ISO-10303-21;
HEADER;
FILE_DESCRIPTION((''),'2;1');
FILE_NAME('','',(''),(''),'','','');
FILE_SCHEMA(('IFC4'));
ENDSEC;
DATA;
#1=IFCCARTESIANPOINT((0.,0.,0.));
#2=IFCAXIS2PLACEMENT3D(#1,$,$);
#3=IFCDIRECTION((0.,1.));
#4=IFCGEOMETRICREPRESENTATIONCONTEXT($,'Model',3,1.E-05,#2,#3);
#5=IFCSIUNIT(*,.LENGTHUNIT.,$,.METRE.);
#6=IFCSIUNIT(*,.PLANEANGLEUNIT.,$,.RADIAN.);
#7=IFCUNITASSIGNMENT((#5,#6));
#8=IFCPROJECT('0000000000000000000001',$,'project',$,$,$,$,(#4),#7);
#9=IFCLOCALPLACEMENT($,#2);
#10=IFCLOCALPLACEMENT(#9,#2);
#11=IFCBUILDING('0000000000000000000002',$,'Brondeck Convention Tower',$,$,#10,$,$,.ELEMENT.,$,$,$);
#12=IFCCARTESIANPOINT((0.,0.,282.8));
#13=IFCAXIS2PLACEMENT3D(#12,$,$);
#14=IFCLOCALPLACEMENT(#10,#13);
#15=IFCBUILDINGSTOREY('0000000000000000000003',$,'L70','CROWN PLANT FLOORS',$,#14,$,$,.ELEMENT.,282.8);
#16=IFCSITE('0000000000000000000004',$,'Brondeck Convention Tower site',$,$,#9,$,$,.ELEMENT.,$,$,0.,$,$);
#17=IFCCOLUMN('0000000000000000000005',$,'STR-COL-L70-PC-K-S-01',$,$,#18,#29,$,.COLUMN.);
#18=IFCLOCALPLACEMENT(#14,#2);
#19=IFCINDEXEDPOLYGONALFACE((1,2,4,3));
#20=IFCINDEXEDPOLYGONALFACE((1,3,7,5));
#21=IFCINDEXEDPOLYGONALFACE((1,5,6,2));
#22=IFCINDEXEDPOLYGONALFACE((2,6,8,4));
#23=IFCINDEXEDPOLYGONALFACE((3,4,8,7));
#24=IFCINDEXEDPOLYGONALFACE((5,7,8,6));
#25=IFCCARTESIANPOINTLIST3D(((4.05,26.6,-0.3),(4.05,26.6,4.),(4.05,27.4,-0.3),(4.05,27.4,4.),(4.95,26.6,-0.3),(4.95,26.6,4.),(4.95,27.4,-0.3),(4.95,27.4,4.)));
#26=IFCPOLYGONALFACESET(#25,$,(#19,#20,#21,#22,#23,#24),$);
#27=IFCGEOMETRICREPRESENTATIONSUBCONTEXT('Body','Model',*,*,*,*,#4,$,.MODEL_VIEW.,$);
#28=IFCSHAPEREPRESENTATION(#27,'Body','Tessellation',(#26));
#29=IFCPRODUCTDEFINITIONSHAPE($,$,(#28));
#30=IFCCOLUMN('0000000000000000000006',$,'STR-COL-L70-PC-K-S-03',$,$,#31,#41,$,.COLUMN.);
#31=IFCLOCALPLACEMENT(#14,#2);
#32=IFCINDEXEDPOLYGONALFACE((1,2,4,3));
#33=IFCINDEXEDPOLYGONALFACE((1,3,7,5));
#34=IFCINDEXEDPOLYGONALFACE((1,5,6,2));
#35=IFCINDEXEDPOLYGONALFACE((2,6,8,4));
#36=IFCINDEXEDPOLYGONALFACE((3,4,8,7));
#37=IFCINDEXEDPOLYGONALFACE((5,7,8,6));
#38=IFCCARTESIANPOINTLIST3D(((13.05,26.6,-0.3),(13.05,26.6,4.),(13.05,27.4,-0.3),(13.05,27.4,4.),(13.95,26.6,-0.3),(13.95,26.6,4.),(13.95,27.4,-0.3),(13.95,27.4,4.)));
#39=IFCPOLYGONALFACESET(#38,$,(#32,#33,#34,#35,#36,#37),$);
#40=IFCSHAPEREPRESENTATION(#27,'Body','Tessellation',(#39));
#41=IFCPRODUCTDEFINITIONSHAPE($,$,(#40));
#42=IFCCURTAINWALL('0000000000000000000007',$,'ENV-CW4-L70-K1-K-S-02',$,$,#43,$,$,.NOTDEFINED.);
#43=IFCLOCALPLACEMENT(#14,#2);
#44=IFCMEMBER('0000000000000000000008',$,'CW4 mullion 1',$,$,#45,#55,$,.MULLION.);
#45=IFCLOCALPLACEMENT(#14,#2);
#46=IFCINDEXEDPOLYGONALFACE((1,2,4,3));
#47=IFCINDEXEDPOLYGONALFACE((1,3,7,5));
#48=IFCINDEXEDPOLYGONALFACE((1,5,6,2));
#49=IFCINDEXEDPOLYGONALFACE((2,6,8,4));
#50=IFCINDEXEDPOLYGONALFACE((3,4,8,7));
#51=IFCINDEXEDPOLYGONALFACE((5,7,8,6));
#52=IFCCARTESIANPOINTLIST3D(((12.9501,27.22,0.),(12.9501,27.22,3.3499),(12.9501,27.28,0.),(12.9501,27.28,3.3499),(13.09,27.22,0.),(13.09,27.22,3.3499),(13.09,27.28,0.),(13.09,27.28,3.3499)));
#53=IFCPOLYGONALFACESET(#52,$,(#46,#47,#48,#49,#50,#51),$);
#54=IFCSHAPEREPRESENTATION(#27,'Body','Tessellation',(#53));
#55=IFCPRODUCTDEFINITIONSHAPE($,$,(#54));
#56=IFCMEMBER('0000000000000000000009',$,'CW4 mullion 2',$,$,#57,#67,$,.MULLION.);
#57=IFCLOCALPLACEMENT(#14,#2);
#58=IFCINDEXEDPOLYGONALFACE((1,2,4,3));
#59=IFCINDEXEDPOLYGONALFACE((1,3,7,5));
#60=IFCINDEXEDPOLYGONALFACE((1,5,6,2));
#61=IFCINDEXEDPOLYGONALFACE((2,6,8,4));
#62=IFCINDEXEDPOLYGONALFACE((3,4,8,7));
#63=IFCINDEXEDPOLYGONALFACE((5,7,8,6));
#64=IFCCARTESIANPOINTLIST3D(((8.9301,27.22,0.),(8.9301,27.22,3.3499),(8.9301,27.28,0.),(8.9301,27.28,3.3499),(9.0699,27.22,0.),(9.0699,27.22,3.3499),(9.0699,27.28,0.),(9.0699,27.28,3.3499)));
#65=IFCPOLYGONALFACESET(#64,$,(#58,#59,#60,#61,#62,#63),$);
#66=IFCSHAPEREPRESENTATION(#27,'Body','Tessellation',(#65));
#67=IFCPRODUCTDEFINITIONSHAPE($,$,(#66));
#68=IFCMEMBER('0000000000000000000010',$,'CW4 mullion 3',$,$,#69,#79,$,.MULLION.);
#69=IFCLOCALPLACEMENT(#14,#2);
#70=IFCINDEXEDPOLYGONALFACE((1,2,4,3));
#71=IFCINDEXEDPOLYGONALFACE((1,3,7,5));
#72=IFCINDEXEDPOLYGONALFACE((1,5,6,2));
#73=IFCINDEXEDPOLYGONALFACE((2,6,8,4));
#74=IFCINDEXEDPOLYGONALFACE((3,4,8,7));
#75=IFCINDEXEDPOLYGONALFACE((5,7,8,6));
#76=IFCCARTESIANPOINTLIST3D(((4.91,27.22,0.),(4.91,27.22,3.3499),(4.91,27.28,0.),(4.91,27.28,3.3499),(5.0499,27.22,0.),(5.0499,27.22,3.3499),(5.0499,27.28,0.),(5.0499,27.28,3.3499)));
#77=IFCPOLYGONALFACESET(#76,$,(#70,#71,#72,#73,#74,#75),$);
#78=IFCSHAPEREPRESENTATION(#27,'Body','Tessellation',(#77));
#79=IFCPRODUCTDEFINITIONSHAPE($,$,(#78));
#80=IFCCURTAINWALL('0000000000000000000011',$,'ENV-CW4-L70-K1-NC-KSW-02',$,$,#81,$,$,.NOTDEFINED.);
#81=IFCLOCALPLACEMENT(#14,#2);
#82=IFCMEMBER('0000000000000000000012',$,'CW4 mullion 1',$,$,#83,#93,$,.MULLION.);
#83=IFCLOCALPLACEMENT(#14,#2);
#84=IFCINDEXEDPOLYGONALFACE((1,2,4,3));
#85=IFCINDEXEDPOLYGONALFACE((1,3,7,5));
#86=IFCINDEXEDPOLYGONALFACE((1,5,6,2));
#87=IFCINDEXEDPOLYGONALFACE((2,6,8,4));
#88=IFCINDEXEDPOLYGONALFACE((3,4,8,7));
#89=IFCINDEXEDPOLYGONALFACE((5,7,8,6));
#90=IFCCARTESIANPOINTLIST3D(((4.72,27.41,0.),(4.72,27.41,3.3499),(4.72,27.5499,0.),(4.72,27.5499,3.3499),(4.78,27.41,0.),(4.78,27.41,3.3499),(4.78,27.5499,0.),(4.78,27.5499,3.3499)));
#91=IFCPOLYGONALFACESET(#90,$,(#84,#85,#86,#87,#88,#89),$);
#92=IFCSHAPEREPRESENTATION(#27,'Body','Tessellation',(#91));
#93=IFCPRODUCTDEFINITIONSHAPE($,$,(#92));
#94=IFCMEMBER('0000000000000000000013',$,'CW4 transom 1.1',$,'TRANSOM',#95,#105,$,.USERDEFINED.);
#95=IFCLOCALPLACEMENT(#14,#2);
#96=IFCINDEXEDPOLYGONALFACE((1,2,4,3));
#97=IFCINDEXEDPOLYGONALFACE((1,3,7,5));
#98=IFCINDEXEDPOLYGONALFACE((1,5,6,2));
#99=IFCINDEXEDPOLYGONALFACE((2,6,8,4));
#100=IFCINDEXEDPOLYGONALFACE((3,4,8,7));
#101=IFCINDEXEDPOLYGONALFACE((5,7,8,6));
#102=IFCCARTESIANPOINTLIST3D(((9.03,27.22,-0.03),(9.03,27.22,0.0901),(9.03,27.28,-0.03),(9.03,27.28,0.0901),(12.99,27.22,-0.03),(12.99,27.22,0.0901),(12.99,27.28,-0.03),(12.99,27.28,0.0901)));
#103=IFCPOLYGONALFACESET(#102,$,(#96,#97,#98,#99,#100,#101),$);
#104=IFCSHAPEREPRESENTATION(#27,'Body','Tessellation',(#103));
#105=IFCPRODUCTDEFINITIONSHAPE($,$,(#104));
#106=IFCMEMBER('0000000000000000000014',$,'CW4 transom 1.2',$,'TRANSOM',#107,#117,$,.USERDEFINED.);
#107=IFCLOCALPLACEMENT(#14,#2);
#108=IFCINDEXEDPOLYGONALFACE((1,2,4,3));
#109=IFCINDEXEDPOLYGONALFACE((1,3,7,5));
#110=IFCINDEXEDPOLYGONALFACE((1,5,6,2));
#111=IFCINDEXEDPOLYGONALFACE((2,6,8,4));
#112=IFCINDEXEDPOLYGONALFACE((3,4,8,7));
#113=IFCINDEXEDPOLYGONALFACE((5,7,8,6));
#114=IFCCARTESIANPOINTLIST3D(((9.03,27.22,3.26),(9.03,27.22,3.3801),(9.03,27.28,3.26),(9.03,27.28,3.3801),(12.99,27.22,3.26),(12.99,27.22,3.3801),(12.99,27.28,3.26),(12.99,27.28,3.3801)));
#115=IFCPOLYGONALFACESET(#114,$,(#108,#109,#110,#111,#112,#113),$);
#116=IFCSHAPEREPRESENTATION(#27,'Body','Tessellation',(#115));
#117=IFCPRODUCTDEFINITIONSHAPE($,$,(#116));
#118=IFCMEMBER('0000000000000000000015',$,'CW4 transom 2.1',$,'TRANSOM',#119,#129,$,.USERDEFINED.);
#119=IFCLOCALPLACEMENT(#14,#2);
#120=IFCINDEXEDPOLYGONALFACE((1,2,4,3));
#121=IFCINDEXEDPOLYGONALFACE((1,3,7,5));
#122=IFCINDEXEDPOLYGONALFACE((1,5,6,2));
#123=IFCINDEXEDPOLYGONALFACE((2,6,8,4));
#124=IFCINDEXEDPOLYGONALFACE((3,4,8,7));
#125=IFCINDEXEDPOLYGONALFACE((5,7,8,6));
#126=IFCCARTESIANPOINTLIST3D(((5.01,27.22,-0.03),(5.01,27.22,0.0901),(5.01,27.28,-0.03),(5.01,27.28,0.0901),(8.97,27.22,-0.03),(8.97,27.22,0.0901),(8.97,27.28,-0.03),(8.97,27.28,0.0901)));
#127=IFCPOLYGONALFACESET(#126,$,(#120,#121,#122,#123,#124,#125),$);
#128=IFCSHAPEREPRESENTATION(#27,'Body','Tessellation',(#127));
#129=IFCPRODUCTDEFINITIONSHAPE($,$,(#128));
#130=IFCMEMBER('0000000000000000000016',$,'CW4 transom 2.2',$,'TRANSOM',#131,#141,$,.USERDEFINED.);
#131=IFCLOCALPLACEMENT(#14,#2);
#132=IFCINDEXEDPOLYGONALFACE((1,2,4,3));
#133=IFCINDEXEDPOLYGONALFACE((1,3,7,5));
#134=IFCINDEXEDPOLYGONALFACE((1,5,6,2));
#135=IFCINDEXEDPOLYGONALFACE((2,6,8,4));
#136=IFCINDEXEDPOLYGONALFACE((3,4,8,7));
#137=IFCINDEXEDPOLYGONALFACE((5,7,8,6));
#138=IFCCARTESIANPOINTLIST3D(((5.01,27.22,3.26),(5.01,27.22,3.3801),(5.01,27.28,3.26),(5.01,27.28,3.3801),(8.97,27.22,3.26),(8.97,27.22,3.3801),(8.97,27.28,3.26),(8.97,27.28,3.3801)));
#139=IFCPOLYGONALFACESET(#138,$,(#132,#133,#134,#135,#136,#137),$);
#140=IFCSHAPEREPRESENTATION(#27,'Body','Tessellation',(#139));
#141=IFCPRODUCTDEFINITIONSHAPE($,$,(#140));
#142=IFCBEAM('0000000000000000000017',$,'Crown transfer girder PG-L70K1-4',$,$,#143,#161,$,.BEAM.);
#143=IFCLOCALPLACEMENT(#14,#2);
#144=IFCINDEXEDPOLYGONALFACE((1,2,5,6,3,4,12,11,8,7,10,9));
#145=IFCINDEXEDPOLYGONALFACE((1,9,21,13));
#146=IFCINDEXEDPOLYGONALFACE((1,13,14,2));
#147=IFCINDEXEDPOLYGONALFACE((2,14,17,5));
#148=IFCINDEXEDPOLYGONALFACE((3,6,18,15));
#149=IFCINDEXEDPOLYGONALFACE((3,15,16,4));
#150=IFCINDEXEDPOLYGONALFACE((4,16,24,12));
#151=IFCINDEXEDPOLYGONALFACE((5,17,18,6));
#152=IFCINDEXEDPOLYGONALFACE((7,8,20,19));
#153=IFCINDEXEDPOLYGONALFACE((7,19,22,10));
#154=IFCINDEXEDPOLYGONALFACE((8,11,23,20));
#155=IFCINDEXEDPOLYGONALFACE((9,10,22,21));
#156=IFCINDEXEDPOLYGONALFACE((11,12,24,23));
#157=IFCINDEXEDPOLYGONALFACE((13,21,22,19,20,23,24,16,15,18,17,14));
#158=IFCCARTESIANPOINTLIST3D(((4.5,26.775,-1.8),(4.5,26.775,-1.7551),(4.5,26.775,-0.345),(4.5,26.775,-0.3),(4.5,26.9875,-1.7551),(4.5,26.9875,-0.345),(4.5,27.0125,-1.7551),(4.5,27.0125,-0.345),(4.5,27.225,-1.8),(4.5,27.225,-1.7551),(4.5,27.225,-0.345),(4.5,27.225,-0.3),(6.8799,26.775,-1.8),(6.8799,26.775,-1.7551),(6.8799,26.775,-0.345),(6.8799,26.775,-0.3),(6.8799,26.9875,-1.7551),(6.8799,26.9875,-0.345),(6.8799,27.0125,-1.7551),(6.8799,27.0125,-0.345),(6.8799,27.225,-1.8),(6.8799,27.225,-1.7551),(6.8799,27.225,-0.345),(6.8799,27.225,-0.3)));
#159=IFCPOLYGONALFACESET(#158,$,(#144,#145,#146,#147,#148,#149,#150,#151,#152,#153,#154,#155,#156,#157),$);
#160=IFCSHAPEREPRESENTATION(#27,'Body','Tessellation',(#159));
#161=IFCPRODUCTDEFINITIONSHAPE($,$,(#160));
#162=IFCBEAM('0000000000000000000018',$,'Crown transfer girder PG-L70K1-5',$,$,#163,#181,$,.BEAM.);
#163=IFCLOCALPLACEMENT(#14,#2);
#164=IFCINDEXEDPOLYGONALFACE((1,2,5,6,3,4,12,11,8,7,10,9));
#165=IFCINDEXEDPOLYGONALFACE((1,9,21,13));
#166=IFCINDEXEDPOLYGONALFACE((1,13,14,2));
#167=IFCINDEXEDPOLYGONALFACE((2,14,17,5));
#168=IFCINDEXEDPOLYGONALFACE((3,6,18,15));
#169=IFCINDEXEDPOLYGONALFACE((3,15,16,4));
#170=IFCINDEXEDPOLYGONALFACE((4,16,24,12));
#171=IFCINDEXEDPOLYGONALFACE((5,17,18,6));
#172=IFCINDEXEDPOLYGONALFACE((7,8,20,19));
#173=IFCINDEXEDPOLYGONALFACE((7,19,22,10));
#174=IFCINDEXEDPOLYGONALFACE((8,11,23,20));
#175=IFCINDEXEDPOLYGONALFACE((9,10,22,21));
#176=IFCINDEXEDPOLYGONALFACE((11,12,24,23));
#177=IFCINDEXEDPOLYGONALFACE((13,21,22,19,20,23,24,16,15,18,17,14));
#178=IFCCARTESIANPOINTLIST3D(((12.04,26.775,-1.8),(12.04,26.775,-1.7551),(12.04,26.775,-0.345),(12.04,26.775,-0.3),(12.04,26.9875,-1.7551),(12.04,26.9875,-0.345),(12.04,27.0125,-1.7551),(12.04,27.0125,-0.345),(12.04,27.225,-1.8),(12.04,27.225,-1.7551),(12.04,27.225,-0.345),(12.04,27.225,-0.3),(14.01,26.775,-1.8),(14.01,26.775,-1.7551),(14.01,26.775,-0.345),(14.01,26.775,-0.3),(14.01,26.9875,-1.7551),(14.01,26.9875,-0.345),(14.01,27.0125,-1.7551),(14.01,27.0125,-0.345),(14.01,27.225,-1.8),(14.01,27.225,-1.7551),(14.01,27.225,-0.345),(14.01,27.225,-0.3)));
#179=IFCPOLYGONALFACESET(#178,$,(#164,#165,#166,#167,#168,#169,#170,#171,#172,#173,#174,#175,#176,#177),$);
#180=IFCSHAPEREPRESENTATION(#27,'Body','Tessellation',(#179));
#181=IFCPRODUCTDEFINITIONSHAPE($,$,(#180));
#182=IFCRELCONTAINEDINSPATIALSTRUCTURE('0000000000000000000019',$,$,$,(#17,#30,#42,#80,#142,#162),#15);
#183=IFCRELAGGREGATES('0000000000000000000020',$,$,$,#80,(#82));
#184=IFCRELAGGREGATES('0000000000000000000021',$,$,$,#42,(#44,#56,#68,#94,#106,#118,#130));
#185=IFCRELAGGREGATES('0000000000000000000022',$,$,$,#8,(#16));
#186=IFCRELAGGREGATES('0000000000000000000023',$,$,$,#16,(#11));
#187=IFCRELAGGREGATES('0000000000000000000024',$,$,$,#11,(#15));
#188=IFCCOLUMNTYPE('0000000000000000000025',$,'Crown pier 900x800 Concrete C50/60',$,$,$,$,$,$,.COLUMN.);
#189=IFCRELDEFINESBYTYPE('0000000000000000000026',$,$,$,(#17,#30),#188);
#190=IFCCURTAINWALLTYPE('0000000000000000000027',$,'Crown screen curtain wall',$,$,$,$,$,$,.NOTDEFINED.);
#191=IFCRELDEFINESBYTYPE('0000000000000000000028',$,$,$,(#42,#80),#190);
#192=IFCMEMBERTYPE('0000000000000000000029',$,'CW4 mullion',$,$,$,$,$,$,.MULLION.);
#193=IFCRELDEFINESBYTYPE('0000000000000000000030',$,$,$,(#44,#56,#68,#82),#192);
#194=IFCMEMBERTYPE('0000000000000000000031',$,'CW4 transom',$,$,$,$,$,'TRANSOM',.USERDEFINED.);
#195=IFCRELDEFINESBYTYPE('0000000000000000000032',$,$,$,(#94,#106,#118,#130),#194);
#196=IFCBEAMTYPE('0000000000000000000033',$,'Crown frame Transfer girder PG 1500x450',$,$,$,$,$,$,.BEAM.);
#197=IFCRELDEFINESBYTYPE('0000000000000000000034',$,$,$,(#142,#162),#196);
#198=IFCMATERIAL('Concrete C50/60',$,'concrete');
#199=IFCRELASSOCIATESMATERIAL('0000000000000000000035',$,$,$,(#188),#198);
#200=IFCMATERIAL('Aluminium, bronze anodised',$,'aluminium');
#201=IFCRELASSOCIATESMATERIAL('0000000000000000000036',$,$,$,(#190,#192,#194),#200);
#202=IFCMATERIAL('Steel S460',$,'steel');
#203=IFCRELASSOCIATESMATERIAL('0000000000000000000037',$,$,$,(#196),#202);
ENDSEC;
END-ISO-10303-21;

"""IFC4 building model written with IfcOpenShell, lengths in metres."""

from ifc_helpers import new_model, si_unit, direction, frame, origin, origin_2d, place, context, subcontext, project, spatial, rectangle, i_section, extrude, material, material_profile, profile_set, type_object, element, aggregate, save


model = new_model("IFC4")

# Units and contexts
model_context = context("Model", 3, precision=1e-05, world=origin(), true_north=direction((0.0, 1.0)))
body_context = subcontext(model_context, "Body", "Model", "MODEL_VIEW")
ifc_project = project(units=[si_unit("LENGTHUNIT", "METRE"), si_unit("PLANEANGLEUNIT", "RADIAN")], contexts=[model_context])

# Site, building, storey
site_placement = place(None, origin())
site = spatial("IfcSite", under=ifc_project, at=site_placement, Name="Brondeck Convention Tower site", CompositionType="ELEMENT", RefElevation=0.0)
building_placement = place(site_placement, origin())
building = spatial("IfcBuilding", under=site, at=building_placement, Name="Brondeck Convention Tower", CompositionType="ELEMENT")
storey_placement = place(building_placement, frame((0.0, 0.0, 282.8)))
storey = spatial("IfcBuildingStorey", under=building, at=storey_placement, Name="L70", Description="CROWN PLANT FLOORS", CompositionType="ELEMENT", Elevation=282.8)

# Columns
ifc_material_1 = material(Name="Concrete C50/60", Category="concrete")
ifc_material_profile_1 = material_profile(ifc_material_1, rectangle(XDim=0.8999, YDim=0.8, at=origin_2d()), Name="Crown pier 900x800 Concrete C50/60")
ifc_profile_set_1 = profile_set([ifc_material_profile_1], Name="Concrete C50/60")
column_type = type_object("IfcColumnType", Name="Crown pier 900x800 Concrete C50/60", PredefinedType="COLUMN", material=ifc_profile_set_1)
for number, where, z_axis, x_axis, name in (
    (1, (4.5, 27.0, -0.3), (0.0, 0.0, 1.0), (1.0, 0.0, 0.0), "STR-COL-L70-PC-K-S-01"),
    (2, (13.5, 27.0, -0.3), (0.0, 0.0, 1.0), (1.0, 0.0, 0.0), "STR-COL-L70-PC-K-S-03"),
):
    element("IfcColumn", number, at=place(storey_placement, frame(where, z_axis=z_axis, x_axis=x_axis)), inside=storey, type_object=column_type, Name=name, PredefinedType="COLUMN", context=body_context, shape_type="SweptSolid", body=[
        extrude(rectangle(XDim=0.8999, YDim=0.8, at=origin_2d()), origin(), (0.0, 0.0, 1.0), 4.3),
    ])

# Curtain wall, members
ifc_material_2 = material(Name="Aluminium, bronze anodised", Category="aluminium")
curtain_wall_type = type_object("IfcCurtainWallType", Name="Crown screen curtain wall", PredefinedType="NOTDEFINED", material=ifc_material_2)
curtain_wall_1_placement = place(storey_placement, origin())
curtain_wall_1 = element("IfcCurtainWall", 3, at=curtain_wall_1_placement, inside=storey, type_object=curtain_wall_type, Name="ENV-CW4-L70-K1-K-S-02", PredefinedType="NOTDEFINED")
ifc_material_profile_2 = material_profile(ifc_material_2, rectangle(XDim=0.0601, YDim=0.1399, at=origin_2d()), Name="CW4 mullion")
ifc_profile_set_2 = profile_set([ifc_material_profile_2], Name="Aluminium, bronze anodised")
member_type_1 = type_object("IfcMemberType", Name="CW4 mullion", PredefinedType="MULLION", material=ifc_profile_set_2)
member_1_placement = place(storey_placement, frame((13.02, 27.25, 0.0), z_axis=(0.0, 0.0, 1.0), x_axis=(0.0, -1.0, 0.0)))
member_1 = element("IfcMember", 4, at=member_1_placement, type_object=member_type_1, Name="CW4 mullion 1", PredefinedType="MULLION", context=body_context, shape_type="SweptSolid", body=[
    extrude(rectangle(XDim=0.0601, YDim=0.1399, at=origin_2d()), origin(), (0.0, 0.0, 1.0), 3.3499),
])
member_2_placement = place(storey_placement, frame((9.0, 27.25, 0.0), z_axis=(0.0, 0.0, 1.0), x_axis=(0.0, -1.0, 0.0)))
member_2 = element("IfcMember", 5, at=member_2_placement, type_object=member_type_1, Name="CW4 mullion 2", PredefinedType="MULLION", context=body_context, shape_type="SweptSolid", body=[
    extrude(rectangle(XDim=0.0601, YDim=0.1399, at=origin_2d()), origin(), (0.0, 0.0, 1.0), 3.3499),
])
member_3_placement = place(storey_placement, frame((4.98, 27.25, 0.0), z_axis=(0.0, 0.0, 1.0), x_axis=(0.0, -1.0, 0.0)))
member_3 = element("IfcMember", 6, at=member_3_placement, type_object=member_type_1, Name="CW4 mullion 3", PredefinedType="MULLION", context=body_context, shape_type="SweptSolid", body=[
    extrude(rectangle(XDim=0.0601, YDim=0.1399, at=origin_2d()), origin(), (0.0, 0.0, 1.0), 3.3499),
])

# Curtain wall, member
curtain_wall_2_placement = place(storey_placement, origin())
curtain_wall_2 = element("IfcCurtainWall", 7, at=curtain_wall_2_placement, inside=storey, type_object=curtain_wall_type, Name="ENV-CW4-L70-K1-NC-KSW-02", PredefinedType="NOTDEFINED")
member_4_placement = place(storey_placement, frame((4.75, 27.48, 0.0), z_axis=(0.0, 0.0, 1.0), x_axis=(-1.0, 0.0, 0.0)))
member_4 = element("IfcMember", 8, at=member_4_placement, type_object=member_type_1, Name="CW4 mullion 1", PredefinedType="MULLION", context=body_context, shape_type="SweptSolid", body=[
    extrude(rectangle(XDim=0.0601, YDim=0.1399, at=origin_2d()), origin(), (0.0, 0.0, 1.0), 3.3499),
])
aggregate(curtain_wall_2, [member_4])

# Members
ifc_material_profile_3 = material_profile(ifc_material_2, rectangle(XDim=0.0601, YDim=0.1201, at=origin_2d()), Name="CW4 transom")
ifc_profile_set_3 = profile_set([ifc_material_profile_3], Name="Aluminium, bronze anodised")
member_type_2 = type_object("IfcMemberType", Name="CW4 transom", ElementType="TRANSOM", PredefinedType="USERDEFINED", material=ifc_profile_set_3)
member_5_placement = place(storey_placement, frame((12.99, 27.25, 0.03), z_axis=(-1.0, 0.0, 0.0), x_axis=(0.0, -1.0, 0.0)))
member_5 = element("IfcMember", 9, at=member_5_placement, type_object=member_type_2, Name="CW4 transom 1.1", ObjectType="TRANSOM", PredefinedType="USERDEFINED", context=body_context, shape_type="SweptSolid", body=[
    extrude(rectangle(XDim=0.0601, YDim=0.1201, at=origin_2d()), origin(), (0.0, 0.0, 1.0), 3.96),
])
member_6_placement = place(storey_placement, frame((12.99, 27.25, 3.3201), z_axis=(-1.0, 0.0, 0.0), x_axis=(0.0, -1.0, 0.0)))
member_6 = element("IfcMember", 10, at=member_6_placement, type_object=member_type_2, Name="CW4 transom 1.2", ObjectType="TRANSOM", PredefinedType="USERDEFINED", context=body_context, shape_type="SweptSolid", body=[
    extrude(rectangle(XDim=0.0601, YDim=0.1201, at=origin_2d()), origin(), (0.0, 0.0, 1.0), 3.96),
])
member_7_placement = place(storey_placement, frame((8.97, 27.25, 0.03), z_axis=(-1.0, 0.0, 0.0), x_axis=(0.0, -1.0, 0.0)))
member_7 = element("IfcMember", 11, at=member_7_placement, type_object=member_type_2, Name="CW4 transom 2.1", ObjectType="TRANSOM", PredefinedType="USERDEFINED", context=body_context, shape_type="SweptSolid", body=[
    extrude(rectangle(XDim=0.0601, YDim=0.1201, at=origin_2d()), origin(), (0.0, 0.0, 1.0), 3.96),
])
member_8_placement = place(storey_placement, frame((8.97, 27.25, 3.3201), z_axis=(-1.0, 0.0, 0.0), x_axis=(0.0, -1.0, 0.0)))
member_8 = element("IfcMember", 12, at=member_8_placement, type_object=member_type_2, Name="CW4 transom 2.2", ObjectType="TRANSOM", PredefinedType="USERDEFINED", context=body_context, shape_type="SweptSolid", body=[
    extrude(rectangle(XDim=0.0601, YDim=0.1201, at=origin_2d()), origin(), (0.0, 0.0, 1.0), 3.96),
])

# Beams
ifc_material_3 = material(Name="Steel S460", Category="steel")
ifc_material_profile_4 = material_profile(ifc_material_3, i_section(OverallWidth=0.45, OverallDepth=1.5, WebThickness=0.0249, FlangeThickness=0.0449, at=origin_2d()), Name="PG 1500x450")
ifc_profile_set_4 = profile_set([ifc_material_profile_4], Name="Steel S460")
beam_type = type_object("IfcBeamType", Name="Crown frame Transfer girder PG 1500x450", PredefinedType="BEAM", material=ifc_profile_set_4)
beam_1_placement = place(storey_placement, frame((4.5, 27.0, -1.05), z_axis=(1.0, 0.0, 0.0), x_axis=(0.0, 1.0, 0.0)))
element("IfcBeam", 13, at=beam_1_placement, inside=storey, type_object=beam_type, Name="Crown transfer girder PG-L70K1-4", PredefinedType="BEAM", context=body_context, shape_type="SweptSolid", body=[
    extrude(i_section(OverallWidth=0.45, OverallDepth=1.5, WebThickness=0.0249, FlangeThickness=0.0449, at=origin_2d()), origin(), (0.0, 0.0, 1.0), 2.3799),
])
beam_2_placement = place(storey_placement, frame((12.04, 27.0, -1.05), z_axis=(1.0, 0.0, 0.0), x_axis=(0.0, 1.0, 0.0)))
element("IfcBeam", 14, at=beam_2_placement, inside=storey, type_object=beam_type, Name="Crown transfer girder PG-L70K1-5", PredefinedType="BEAM", context=body_context, shape_type="SweptSolid", body=[
    extrude(i_section(OverallWidth=0.45, OverallDepth=1.5, WebThickness=0.0249, FlangeThickness=0.0449, at=origin_2d()), origin(), (0.0, 0.0, 1.0), 1.97),
])

aggregate(curtain_wall_1, [member_1, member_2, member_3, member_5, member_6, member_7, member_8])

save(model, "model.ifc")
